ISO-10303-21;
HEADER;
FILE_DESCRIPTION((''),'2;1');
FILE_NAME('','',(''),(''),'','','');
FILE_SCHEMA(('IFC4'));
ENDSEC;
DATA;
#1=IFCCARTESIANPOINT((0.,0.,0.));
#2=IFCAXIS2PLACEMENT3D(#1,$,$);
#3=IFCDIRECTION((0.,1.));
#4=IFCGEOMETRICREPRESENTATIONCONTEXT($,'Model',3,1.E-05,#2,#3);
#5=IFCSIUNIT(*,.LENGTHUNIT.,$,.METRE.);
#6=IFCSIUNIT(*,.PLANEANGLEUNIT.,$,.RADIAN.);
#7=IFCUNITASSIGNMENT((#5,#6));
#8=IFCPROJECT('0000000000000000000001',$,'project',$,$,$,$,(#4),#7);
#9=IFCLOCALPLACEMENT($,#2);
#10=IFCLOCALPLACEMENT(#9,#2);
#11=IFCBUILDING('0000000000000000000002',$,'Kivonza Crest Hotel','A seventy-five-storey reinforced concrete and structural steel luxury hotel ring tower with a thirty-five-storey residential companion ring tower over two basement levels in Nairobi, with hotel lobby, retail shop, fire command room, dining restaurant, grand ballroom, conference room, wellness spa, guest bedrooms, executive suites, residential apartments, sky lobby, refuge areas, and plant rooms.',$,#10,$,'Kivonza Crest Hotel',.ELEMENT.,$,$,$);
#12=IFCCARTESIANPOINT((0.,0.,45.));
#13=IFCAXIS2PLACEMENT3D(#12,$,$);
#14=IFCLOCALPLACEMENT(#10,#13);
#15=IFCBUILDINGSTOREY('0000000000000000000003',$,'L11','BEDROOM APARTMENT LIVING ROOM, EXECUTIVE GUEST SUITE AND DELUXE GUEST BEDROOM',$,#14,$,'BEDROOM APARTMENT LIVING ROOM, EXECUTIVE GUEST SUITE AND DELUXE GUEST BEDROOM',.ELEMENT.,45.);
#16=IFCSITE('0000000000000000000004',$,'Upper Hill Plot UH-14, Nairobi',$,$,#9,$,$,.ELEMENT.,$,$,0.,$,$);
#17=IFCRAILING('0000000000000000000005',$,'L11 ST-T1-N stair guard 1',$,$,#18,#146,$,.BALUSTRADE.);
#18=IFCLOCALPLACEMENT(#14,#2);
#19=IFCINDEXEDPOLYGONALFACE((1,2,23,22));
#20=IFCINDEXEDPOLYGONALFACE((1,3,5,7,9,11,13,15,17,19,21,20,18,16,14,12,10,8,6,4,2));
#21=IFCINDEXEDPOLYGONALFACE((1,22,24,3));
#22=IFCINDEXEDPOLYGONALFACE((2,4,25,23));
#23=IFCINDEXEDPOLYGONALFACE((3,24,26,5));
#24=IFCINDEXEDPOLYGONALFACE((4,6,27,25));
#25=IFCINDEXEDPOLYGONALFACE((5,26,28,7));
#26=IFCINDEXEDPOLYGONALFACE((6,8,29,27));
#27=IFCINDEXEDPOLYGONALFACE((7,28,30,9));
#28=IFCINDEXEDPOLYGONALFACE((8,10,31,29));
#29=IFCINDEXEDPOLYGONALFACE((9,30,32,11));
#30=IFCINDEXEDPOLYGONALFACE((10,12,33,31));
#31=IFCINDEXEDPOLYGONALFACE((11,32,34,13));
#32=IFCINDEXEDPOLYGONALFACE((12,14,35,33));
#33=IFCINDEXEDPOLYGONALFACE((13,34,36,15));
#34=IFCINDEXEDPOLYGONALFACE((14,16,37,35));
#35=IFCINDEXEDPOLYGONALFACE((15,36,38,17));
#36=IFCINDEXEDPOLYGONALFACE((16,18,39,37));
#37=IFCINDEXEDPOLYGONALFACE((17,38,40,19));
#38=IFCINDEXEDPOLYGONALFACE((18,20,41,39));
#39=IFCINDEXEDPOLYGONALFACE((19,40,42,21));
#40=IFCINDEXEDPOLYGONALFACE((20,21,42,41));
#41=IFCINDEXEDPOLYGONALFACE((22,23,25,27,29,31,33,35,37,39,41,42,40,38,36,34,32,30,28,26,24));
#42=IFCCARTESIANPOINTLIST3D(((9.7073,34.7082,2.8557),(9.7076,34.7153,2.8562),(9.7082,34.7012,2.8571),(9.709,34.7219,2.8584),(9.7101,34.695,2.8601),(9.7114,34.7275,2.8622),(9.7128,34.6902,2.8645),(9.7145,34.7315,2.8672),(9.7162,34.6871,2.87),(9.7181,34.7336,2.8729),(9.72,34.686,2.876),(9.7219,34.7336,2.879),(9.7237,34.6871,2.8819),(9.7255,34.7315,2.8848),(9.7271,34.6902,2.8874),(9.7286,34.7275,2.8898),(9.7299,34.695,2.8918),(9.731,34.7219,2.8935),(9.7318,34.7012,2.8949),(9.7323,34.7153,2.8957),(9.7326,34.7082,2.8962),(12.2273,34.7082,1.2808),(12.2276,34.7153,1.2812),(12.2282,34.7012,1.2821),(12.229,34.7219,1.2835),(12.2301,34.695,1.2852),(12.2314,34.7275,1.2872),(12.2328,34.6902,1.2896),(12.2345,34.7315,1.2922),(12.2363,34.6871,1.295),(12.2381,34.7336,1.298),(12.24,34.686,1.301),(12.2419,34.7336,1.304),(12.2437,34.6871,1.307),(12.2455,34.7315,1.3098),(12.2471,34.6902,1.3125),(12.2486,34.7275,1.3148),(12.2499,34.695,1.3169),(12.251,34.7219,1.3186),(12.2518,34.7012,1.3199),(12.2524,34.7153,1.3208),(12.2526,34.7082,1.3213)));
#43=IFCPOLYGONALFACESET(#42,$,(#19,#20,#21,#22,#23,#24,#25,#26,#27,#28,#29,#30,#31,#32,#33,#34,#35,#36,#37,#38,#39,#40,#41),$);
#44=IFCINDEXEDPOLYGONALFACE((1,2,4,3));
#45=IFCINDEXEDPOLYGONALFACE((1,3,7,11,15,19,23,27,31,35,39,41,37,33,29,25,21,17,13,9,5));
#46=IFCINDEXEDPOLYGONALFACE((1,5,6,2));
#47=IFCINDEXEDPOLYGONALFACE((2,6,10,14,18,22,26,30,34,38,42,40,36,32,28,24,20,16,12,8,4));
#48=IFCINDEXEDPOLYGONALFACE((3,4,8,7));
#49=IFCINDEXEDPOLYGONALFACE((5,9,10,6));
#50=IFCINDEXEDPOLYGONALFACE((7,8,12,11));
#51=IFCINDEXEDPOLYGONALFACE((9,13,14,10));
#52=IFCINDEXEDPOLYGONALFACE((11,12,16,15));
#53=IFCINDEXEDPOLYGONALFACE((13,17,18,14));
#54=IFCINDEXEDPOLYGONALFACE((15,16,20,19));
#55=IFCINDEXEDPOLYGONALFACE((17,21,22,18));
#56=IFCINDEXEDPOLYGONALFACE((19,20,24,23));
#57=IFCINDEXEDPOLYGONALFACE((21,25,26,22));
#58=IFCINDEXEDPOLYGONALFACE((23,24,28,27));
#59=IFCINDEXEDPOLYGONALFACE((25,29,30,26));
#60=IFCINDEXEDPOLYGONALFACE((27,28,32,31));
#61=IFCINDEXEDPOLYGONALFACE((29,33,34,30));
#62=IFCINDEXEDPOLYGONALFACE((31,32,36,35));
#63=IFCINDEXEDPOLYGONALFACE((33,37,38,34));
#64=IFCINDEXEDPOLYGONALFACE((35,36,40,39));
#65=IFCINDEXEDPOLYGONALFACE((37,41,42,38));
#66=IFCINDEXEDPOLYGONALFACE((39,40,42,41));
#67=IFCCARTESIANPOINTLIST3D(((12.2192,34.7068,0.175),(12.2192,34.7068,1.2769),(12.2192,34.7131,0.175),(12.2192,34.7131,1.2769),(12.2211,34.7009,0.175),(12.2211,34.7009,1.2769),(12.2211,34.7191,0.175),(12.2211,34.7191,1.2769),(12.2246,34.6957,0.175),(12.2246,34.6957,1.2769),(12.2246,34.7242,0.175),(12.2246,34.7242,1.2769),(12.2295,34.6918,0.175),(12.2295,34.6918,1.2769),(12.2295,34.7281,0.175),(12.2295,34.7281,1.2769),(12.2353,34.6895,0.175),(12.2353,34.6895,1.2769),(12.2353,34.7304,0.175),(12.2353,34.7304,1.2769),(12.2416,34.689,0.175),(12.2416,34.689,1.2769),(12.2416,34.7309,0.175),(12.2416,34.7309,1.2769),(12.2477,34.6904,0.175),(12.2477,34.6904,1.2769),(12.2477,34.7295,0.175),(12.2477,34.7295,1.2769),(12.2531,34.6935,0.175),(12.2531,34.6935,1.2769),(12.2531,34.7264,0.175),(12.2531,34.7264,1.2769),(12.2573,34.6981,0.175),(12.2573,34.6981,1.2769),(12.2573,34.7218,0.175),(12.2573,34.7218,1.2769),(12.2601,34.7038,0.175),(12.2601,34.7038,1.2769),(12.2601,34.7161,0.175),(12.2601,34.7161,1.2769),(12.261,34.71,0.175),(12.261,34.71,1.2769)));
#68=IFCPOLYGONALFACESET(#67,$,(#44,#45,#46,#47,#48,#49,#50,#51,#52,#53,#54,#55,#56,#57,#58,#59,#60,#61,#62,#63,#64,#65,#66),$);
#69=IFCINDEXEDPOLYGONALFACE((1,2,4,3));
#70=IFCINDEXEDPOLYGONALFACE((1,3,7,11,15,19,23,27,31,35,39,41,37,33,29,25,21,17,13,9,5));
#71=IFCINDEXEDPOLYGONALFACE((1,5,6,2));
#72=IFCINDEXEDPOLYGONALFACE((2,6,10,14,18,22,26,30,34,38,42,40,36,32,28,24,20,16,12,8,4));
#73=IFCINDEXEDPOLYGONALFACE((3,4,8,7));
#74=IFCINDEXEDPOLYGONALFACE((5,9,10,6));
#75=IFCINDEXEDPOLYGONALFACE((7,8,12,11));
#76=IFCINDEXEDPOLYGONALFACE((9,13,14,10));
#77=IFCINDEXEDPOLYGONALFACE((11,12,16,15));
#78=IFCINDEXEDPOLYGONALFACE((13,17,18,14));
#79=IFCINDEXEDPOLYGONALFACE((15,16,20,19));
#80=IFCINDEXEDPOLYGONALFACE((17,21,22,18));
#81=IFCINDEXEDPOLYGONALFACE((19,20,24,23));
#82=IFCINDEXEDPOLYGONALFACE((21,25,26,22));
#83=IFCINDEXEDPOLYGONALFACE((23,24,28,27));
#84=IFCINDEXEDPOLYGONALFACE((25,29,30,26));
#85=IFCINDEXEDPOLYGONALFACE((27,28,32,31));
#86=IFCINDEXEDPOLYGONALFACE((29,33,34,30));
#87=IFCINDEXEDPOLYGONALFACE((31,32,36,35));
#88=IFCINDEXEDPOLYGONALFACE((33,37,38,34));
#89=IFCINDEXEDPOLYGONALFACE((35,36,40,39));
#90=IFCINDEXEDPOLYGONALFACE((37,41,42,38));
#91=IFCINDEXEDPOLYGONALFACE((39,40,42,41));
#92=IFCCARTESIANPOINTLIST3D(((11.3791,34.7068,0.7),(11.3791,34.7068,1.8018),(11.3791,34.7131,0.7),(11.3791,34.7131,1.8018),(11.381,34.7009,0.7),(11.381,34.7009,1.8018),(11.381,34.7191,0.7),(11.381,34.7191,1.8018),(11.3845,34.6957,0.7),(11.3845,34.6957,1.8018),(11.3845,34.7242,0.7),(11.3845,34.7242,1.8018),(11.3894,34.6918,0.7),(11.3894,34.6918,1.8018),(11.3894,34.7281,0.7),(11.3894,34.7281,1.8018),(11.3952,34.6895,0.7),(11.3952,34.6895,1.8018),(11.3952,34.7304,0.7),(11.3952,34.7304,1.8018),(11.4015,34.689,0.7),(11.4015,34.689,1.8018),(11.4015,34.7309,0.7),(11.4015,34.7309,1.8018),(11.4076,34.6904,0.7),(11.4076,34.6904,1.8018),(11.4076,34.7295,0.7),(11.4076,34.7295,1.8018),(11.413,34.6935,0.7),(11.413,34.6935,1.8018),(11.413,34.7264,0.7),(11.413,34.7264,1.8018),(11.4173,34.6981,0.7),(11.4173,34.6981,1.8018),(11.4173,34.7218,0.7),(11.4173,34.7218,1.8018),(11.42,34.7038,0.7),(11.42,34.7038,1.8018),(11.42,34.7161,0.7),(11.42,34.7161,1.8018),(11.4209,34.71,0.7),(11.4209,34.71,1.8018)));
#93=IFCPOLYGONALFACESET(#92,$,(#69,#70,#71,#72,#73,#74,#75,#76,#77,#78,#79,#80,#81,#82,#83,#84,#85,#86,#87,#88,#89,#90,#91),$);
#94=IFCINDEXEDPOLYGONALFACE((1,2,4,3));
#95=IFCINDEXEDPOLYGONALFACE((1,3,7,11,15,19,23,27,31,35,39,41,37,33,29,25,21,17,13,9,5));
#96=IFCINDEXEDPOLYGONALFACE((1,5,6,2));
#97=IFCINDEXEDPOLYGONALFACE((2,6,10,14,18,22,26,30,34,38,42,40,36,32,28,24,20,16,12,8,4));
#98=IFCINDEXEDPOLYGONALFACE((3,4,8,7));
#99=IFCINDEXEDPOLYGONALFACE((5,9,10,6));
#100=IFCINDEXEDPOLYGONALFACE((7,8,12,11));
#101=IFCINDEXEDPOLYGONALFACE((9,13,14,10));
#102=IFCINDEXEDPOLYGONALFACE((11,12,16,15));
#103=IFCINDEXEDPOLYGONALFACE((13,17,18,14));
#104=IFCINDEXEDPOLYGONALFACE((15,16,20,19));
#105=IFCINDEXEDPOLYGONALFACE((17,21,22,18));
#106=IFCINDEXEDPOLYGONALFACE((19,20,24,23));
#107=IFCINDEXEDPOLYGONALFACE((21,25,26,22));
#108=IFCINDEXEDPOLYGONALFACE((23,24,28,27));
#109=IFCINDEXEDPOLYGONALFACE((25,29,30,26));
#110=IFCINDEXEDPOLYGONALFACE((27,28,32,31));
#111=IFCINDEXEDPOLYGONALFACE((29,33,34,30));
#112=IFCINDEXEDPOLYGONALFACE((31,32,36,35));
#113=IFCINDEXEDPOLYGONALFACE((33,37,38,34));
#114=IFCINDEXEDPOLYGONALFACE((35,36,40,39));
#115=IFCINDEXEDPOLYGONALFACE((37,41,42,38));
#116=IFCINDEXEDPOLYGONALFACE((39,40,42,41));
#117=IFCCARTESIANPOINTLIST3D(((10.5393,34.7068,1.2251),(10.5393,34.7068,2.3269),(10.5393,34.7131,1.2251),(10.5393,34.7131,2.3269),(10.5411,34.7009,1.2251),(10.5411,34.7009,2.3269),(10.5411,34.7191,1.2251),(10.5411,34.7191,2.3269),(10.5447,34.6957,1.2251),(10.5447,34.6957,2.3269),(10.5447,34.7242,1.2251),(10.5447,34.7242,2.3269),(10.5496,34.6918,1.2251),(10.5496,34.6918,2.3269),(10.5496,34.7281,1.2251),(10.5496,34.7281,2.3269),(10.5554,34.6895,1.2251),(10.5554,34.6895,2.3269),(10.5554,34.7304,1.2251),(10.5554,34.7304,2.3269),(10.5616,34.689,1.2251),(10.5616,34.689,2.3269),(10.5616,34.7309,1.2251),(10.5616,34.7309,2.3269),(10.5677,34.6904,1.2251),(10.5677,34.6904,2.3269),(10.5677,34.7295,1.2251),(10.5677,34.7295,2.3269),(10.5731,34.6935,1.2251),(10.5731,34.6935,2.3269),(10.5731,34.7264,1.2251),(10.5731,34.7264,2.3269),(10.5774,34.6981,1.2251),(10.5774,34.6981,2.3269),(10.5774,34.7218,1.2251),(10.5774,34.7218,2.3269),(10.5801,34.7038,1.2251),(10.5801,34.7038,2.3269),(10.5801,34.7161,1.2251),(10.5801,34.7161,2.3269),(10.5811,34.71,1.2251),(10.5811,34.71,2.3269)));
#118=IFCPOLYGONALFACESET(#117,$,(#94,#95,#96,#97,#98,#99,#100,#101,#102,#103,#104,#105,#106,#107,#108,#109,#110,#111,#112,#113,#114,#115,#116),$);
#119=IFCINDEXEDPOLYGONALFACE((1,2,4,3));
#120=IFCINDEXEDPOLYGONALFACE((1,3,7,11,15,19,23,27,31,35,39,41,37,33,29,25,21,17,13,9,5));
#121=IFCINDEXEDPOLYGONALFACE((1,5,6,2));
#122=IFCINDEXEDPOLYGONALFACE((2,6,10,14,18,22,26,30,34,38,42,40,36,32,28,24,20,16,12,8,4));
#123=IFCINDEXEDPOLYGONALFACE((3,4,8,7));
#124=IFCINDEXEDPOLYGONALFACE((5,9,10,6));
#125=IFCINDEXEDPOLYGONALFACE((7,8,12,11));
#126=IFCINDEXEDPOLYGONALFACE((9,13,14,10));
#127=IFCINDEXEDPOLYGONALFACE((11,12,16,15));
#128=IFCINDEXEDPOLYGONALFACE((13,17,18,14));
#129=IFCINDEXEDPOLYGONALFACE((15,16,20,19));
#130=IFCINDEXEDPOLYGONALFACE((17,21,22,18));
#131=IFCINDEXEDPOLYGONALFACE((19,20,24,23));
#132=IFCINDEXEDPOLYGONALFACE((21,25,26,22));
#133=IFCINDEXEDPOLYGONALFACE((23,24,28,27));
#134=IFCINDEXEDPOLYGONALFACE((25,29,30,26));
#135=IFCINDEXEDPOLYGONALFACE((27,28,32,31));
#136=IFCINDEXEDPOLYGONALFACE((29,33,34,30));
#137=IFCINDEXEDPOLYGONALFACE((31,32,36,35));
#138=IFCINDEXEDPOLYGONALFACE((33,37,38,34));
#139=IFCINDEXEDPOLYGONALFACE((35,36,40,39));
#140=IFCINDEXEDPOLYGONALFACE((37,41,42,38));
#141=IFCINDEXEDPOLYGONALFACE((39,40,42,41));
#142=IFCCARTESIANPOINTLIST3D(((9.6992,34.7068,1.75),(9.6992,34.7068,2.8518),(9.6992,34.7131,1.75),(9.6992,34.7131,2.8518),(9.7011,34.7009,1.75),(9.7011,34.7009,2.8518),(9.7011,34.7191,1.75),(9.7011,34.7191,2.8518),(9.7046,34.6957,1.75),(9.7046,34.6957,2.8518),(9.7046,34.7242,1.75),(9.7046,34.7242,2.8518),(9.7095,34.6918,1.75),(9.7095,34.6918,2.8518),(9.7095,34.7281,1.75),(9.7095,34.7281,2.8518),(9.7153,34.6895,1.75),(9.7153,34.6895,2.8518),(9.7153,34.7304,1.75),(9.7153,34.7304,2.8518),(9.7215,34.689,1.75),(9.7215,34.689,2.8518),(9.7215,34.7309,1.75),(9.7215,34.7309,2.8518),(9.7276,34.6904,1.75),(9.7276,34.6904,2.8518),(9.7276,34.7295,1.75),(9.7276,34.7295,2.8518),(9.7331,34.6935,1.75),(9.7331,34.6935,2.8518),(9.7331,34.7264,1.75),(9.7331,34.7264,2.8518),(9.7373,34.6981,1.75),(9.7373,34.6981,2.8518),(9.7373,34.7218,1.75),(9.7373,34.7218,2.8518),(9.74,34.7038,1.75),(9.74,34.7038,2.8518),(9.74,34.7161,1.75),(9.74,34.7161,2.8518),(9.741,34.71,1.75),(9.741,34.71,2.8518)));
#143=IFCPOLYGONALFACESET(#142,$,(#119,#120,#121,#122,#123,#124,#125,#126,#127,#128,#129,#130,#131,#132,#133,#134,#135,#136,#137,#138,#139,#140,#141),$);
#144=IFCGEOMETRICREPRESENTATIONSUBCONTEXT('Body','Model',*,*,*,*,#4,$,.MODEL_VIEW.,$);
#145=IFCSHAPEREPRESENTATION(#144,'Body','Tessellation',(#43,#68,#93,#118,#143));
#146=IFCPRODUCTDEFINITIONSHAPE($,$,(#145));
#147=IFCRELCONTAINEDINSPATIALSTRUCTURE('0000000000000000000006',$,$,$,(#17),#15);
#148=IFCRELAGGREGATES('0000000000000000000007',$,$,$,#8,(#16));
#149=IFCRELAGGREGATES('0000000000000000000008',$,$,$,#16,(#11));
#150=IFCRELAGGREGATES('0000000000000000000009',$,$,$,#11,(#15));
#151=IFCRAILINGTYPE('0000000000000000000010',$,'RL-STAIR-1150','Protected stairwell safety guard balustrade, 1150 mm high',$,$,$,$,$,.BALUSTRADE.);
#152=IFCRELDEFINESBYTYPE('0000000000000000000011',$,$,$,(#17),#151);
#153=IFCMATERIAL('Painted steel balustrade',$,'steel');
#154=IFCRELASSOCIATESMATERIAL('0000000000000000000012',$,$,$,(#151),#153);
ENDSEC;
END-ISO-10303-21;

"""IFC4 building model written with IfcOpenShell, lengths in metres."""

from ifc_helpers import new_model, si_unit, direction, frame, origin, origin_2d, place, context, subcontext, project, spatial, circle, extrude, material, type_object, element, save


model = new_model("IFC4")

# Units and contexts
model_context = context("Model", 3, precision=1e-05, world=origin(), true_north=direction((0.0, 1.0)))
body_context = subcontext(model_context, "Body", "Model", "MODEL_VIEW")
ifc_project = project(units=[si_unit("LENGTHUNIT", "METRE"), si_unit("PLANEANGLEUNIT", "RADIAN")], contexts=[model_context])

# Site, building, storey
site_placement = place(None, origin())
site = spatial("IfcSite", under=ifc_project, at=site_placement, Name="Upper Hill Plot UH-14, Nairobi", CompositionType="ELEMENT", RefElevation=0.0)
building_placement = place(site_placement, origin())
building = spatial("IfcBuilding", under=site, at=building_placement, Name="Kivonza Crest Hotel", Description="A seventy-five-storey reinforced concrete and structural steel luxury hotel ring tower with a thirty-five-storey residential companion ring tower over two basement levels in Nairobi, with hotel lobby, retail shop, fire command room, dining restaurant, grand ballroom, conference room, wellness spa, guest bedrooms, executive suites, residential apartments, sky lobby, refuge areas, and plant rooms.", LongName="Kivonza Crest Hotel", CompositionType="ELEMENT")
storey_placement = place(building_placement, frame((0.0, 0.0, 45.0)))
storey = spatial("IfcBuildingStorey", under=building, at=storey_placement, Name="L11", Description="BEDROOM APARTMENT LIVING ROOM, EXECUTIVE GUEST SUITE AND DELUXE GUEST BEDROOM", LongName="BEDROOM APARTMENT LIVING ROOM, EXECUTIVE GUEST SUITE AND DELUXE GUEST BEDROOM", CompositionType="ELEMENT", Elevation=45.0)

# Railing
ifc_material_1 = material(Name="Painted steel balustrade", Category="steel")
railing_type_1 = type_object("IfcRailingType", Name="RL-STAIR-1150", Description="Protected stairwell safety guard balustrade, 1150 mm high", PredefinedType="BALUSTRADE", material=ifc_material_1)
railing_1_placement = place(storey_placement, frame((12.24, 34.71, 0.175)))
element("IfcRailing", 1, at=railing_1_placement, inside=storey, type_object=railing_type_1, Name="L11 ST-T1-N stair guard 1", PredefinedType="BALUSTRADE", context=body_context, shape_type="SweptSolid", body=[
    extrude(circle(Radius=0.0239, at=origin_2d()), frame((0.0, 0.0, 1.126), z_axis=(-0.848008, 0.0, 0.529984), x_axis=(0.0, -1.0, 0.0)), (0.0, 0.0, 1.0), 2.9717),
    extrude(circle(Radius=0.021, at=origin_2d()), origin(), (0.0, 0.0, 1.0), 1.1018),
    extrude(circle(Radius=0.021, at=origin_2d()), frame((-0.8401, 0.0, 0.5249)), (0.0, 0.0, 1.0), 1.1018),
    extrude(circle(Radius=0.021, at=origin_2d()), frame((-1.6799, 0.0, 1.05)), (0.0, 0.0, 1.0), 1.1018),
    extrude(circle(Radius=0.021, at=origin_2d()), frame((-2.52, 0.0, 1.575)), (0.0, 0.0, 1.0), 1.1018),
])

save(model, "model.ifc")
